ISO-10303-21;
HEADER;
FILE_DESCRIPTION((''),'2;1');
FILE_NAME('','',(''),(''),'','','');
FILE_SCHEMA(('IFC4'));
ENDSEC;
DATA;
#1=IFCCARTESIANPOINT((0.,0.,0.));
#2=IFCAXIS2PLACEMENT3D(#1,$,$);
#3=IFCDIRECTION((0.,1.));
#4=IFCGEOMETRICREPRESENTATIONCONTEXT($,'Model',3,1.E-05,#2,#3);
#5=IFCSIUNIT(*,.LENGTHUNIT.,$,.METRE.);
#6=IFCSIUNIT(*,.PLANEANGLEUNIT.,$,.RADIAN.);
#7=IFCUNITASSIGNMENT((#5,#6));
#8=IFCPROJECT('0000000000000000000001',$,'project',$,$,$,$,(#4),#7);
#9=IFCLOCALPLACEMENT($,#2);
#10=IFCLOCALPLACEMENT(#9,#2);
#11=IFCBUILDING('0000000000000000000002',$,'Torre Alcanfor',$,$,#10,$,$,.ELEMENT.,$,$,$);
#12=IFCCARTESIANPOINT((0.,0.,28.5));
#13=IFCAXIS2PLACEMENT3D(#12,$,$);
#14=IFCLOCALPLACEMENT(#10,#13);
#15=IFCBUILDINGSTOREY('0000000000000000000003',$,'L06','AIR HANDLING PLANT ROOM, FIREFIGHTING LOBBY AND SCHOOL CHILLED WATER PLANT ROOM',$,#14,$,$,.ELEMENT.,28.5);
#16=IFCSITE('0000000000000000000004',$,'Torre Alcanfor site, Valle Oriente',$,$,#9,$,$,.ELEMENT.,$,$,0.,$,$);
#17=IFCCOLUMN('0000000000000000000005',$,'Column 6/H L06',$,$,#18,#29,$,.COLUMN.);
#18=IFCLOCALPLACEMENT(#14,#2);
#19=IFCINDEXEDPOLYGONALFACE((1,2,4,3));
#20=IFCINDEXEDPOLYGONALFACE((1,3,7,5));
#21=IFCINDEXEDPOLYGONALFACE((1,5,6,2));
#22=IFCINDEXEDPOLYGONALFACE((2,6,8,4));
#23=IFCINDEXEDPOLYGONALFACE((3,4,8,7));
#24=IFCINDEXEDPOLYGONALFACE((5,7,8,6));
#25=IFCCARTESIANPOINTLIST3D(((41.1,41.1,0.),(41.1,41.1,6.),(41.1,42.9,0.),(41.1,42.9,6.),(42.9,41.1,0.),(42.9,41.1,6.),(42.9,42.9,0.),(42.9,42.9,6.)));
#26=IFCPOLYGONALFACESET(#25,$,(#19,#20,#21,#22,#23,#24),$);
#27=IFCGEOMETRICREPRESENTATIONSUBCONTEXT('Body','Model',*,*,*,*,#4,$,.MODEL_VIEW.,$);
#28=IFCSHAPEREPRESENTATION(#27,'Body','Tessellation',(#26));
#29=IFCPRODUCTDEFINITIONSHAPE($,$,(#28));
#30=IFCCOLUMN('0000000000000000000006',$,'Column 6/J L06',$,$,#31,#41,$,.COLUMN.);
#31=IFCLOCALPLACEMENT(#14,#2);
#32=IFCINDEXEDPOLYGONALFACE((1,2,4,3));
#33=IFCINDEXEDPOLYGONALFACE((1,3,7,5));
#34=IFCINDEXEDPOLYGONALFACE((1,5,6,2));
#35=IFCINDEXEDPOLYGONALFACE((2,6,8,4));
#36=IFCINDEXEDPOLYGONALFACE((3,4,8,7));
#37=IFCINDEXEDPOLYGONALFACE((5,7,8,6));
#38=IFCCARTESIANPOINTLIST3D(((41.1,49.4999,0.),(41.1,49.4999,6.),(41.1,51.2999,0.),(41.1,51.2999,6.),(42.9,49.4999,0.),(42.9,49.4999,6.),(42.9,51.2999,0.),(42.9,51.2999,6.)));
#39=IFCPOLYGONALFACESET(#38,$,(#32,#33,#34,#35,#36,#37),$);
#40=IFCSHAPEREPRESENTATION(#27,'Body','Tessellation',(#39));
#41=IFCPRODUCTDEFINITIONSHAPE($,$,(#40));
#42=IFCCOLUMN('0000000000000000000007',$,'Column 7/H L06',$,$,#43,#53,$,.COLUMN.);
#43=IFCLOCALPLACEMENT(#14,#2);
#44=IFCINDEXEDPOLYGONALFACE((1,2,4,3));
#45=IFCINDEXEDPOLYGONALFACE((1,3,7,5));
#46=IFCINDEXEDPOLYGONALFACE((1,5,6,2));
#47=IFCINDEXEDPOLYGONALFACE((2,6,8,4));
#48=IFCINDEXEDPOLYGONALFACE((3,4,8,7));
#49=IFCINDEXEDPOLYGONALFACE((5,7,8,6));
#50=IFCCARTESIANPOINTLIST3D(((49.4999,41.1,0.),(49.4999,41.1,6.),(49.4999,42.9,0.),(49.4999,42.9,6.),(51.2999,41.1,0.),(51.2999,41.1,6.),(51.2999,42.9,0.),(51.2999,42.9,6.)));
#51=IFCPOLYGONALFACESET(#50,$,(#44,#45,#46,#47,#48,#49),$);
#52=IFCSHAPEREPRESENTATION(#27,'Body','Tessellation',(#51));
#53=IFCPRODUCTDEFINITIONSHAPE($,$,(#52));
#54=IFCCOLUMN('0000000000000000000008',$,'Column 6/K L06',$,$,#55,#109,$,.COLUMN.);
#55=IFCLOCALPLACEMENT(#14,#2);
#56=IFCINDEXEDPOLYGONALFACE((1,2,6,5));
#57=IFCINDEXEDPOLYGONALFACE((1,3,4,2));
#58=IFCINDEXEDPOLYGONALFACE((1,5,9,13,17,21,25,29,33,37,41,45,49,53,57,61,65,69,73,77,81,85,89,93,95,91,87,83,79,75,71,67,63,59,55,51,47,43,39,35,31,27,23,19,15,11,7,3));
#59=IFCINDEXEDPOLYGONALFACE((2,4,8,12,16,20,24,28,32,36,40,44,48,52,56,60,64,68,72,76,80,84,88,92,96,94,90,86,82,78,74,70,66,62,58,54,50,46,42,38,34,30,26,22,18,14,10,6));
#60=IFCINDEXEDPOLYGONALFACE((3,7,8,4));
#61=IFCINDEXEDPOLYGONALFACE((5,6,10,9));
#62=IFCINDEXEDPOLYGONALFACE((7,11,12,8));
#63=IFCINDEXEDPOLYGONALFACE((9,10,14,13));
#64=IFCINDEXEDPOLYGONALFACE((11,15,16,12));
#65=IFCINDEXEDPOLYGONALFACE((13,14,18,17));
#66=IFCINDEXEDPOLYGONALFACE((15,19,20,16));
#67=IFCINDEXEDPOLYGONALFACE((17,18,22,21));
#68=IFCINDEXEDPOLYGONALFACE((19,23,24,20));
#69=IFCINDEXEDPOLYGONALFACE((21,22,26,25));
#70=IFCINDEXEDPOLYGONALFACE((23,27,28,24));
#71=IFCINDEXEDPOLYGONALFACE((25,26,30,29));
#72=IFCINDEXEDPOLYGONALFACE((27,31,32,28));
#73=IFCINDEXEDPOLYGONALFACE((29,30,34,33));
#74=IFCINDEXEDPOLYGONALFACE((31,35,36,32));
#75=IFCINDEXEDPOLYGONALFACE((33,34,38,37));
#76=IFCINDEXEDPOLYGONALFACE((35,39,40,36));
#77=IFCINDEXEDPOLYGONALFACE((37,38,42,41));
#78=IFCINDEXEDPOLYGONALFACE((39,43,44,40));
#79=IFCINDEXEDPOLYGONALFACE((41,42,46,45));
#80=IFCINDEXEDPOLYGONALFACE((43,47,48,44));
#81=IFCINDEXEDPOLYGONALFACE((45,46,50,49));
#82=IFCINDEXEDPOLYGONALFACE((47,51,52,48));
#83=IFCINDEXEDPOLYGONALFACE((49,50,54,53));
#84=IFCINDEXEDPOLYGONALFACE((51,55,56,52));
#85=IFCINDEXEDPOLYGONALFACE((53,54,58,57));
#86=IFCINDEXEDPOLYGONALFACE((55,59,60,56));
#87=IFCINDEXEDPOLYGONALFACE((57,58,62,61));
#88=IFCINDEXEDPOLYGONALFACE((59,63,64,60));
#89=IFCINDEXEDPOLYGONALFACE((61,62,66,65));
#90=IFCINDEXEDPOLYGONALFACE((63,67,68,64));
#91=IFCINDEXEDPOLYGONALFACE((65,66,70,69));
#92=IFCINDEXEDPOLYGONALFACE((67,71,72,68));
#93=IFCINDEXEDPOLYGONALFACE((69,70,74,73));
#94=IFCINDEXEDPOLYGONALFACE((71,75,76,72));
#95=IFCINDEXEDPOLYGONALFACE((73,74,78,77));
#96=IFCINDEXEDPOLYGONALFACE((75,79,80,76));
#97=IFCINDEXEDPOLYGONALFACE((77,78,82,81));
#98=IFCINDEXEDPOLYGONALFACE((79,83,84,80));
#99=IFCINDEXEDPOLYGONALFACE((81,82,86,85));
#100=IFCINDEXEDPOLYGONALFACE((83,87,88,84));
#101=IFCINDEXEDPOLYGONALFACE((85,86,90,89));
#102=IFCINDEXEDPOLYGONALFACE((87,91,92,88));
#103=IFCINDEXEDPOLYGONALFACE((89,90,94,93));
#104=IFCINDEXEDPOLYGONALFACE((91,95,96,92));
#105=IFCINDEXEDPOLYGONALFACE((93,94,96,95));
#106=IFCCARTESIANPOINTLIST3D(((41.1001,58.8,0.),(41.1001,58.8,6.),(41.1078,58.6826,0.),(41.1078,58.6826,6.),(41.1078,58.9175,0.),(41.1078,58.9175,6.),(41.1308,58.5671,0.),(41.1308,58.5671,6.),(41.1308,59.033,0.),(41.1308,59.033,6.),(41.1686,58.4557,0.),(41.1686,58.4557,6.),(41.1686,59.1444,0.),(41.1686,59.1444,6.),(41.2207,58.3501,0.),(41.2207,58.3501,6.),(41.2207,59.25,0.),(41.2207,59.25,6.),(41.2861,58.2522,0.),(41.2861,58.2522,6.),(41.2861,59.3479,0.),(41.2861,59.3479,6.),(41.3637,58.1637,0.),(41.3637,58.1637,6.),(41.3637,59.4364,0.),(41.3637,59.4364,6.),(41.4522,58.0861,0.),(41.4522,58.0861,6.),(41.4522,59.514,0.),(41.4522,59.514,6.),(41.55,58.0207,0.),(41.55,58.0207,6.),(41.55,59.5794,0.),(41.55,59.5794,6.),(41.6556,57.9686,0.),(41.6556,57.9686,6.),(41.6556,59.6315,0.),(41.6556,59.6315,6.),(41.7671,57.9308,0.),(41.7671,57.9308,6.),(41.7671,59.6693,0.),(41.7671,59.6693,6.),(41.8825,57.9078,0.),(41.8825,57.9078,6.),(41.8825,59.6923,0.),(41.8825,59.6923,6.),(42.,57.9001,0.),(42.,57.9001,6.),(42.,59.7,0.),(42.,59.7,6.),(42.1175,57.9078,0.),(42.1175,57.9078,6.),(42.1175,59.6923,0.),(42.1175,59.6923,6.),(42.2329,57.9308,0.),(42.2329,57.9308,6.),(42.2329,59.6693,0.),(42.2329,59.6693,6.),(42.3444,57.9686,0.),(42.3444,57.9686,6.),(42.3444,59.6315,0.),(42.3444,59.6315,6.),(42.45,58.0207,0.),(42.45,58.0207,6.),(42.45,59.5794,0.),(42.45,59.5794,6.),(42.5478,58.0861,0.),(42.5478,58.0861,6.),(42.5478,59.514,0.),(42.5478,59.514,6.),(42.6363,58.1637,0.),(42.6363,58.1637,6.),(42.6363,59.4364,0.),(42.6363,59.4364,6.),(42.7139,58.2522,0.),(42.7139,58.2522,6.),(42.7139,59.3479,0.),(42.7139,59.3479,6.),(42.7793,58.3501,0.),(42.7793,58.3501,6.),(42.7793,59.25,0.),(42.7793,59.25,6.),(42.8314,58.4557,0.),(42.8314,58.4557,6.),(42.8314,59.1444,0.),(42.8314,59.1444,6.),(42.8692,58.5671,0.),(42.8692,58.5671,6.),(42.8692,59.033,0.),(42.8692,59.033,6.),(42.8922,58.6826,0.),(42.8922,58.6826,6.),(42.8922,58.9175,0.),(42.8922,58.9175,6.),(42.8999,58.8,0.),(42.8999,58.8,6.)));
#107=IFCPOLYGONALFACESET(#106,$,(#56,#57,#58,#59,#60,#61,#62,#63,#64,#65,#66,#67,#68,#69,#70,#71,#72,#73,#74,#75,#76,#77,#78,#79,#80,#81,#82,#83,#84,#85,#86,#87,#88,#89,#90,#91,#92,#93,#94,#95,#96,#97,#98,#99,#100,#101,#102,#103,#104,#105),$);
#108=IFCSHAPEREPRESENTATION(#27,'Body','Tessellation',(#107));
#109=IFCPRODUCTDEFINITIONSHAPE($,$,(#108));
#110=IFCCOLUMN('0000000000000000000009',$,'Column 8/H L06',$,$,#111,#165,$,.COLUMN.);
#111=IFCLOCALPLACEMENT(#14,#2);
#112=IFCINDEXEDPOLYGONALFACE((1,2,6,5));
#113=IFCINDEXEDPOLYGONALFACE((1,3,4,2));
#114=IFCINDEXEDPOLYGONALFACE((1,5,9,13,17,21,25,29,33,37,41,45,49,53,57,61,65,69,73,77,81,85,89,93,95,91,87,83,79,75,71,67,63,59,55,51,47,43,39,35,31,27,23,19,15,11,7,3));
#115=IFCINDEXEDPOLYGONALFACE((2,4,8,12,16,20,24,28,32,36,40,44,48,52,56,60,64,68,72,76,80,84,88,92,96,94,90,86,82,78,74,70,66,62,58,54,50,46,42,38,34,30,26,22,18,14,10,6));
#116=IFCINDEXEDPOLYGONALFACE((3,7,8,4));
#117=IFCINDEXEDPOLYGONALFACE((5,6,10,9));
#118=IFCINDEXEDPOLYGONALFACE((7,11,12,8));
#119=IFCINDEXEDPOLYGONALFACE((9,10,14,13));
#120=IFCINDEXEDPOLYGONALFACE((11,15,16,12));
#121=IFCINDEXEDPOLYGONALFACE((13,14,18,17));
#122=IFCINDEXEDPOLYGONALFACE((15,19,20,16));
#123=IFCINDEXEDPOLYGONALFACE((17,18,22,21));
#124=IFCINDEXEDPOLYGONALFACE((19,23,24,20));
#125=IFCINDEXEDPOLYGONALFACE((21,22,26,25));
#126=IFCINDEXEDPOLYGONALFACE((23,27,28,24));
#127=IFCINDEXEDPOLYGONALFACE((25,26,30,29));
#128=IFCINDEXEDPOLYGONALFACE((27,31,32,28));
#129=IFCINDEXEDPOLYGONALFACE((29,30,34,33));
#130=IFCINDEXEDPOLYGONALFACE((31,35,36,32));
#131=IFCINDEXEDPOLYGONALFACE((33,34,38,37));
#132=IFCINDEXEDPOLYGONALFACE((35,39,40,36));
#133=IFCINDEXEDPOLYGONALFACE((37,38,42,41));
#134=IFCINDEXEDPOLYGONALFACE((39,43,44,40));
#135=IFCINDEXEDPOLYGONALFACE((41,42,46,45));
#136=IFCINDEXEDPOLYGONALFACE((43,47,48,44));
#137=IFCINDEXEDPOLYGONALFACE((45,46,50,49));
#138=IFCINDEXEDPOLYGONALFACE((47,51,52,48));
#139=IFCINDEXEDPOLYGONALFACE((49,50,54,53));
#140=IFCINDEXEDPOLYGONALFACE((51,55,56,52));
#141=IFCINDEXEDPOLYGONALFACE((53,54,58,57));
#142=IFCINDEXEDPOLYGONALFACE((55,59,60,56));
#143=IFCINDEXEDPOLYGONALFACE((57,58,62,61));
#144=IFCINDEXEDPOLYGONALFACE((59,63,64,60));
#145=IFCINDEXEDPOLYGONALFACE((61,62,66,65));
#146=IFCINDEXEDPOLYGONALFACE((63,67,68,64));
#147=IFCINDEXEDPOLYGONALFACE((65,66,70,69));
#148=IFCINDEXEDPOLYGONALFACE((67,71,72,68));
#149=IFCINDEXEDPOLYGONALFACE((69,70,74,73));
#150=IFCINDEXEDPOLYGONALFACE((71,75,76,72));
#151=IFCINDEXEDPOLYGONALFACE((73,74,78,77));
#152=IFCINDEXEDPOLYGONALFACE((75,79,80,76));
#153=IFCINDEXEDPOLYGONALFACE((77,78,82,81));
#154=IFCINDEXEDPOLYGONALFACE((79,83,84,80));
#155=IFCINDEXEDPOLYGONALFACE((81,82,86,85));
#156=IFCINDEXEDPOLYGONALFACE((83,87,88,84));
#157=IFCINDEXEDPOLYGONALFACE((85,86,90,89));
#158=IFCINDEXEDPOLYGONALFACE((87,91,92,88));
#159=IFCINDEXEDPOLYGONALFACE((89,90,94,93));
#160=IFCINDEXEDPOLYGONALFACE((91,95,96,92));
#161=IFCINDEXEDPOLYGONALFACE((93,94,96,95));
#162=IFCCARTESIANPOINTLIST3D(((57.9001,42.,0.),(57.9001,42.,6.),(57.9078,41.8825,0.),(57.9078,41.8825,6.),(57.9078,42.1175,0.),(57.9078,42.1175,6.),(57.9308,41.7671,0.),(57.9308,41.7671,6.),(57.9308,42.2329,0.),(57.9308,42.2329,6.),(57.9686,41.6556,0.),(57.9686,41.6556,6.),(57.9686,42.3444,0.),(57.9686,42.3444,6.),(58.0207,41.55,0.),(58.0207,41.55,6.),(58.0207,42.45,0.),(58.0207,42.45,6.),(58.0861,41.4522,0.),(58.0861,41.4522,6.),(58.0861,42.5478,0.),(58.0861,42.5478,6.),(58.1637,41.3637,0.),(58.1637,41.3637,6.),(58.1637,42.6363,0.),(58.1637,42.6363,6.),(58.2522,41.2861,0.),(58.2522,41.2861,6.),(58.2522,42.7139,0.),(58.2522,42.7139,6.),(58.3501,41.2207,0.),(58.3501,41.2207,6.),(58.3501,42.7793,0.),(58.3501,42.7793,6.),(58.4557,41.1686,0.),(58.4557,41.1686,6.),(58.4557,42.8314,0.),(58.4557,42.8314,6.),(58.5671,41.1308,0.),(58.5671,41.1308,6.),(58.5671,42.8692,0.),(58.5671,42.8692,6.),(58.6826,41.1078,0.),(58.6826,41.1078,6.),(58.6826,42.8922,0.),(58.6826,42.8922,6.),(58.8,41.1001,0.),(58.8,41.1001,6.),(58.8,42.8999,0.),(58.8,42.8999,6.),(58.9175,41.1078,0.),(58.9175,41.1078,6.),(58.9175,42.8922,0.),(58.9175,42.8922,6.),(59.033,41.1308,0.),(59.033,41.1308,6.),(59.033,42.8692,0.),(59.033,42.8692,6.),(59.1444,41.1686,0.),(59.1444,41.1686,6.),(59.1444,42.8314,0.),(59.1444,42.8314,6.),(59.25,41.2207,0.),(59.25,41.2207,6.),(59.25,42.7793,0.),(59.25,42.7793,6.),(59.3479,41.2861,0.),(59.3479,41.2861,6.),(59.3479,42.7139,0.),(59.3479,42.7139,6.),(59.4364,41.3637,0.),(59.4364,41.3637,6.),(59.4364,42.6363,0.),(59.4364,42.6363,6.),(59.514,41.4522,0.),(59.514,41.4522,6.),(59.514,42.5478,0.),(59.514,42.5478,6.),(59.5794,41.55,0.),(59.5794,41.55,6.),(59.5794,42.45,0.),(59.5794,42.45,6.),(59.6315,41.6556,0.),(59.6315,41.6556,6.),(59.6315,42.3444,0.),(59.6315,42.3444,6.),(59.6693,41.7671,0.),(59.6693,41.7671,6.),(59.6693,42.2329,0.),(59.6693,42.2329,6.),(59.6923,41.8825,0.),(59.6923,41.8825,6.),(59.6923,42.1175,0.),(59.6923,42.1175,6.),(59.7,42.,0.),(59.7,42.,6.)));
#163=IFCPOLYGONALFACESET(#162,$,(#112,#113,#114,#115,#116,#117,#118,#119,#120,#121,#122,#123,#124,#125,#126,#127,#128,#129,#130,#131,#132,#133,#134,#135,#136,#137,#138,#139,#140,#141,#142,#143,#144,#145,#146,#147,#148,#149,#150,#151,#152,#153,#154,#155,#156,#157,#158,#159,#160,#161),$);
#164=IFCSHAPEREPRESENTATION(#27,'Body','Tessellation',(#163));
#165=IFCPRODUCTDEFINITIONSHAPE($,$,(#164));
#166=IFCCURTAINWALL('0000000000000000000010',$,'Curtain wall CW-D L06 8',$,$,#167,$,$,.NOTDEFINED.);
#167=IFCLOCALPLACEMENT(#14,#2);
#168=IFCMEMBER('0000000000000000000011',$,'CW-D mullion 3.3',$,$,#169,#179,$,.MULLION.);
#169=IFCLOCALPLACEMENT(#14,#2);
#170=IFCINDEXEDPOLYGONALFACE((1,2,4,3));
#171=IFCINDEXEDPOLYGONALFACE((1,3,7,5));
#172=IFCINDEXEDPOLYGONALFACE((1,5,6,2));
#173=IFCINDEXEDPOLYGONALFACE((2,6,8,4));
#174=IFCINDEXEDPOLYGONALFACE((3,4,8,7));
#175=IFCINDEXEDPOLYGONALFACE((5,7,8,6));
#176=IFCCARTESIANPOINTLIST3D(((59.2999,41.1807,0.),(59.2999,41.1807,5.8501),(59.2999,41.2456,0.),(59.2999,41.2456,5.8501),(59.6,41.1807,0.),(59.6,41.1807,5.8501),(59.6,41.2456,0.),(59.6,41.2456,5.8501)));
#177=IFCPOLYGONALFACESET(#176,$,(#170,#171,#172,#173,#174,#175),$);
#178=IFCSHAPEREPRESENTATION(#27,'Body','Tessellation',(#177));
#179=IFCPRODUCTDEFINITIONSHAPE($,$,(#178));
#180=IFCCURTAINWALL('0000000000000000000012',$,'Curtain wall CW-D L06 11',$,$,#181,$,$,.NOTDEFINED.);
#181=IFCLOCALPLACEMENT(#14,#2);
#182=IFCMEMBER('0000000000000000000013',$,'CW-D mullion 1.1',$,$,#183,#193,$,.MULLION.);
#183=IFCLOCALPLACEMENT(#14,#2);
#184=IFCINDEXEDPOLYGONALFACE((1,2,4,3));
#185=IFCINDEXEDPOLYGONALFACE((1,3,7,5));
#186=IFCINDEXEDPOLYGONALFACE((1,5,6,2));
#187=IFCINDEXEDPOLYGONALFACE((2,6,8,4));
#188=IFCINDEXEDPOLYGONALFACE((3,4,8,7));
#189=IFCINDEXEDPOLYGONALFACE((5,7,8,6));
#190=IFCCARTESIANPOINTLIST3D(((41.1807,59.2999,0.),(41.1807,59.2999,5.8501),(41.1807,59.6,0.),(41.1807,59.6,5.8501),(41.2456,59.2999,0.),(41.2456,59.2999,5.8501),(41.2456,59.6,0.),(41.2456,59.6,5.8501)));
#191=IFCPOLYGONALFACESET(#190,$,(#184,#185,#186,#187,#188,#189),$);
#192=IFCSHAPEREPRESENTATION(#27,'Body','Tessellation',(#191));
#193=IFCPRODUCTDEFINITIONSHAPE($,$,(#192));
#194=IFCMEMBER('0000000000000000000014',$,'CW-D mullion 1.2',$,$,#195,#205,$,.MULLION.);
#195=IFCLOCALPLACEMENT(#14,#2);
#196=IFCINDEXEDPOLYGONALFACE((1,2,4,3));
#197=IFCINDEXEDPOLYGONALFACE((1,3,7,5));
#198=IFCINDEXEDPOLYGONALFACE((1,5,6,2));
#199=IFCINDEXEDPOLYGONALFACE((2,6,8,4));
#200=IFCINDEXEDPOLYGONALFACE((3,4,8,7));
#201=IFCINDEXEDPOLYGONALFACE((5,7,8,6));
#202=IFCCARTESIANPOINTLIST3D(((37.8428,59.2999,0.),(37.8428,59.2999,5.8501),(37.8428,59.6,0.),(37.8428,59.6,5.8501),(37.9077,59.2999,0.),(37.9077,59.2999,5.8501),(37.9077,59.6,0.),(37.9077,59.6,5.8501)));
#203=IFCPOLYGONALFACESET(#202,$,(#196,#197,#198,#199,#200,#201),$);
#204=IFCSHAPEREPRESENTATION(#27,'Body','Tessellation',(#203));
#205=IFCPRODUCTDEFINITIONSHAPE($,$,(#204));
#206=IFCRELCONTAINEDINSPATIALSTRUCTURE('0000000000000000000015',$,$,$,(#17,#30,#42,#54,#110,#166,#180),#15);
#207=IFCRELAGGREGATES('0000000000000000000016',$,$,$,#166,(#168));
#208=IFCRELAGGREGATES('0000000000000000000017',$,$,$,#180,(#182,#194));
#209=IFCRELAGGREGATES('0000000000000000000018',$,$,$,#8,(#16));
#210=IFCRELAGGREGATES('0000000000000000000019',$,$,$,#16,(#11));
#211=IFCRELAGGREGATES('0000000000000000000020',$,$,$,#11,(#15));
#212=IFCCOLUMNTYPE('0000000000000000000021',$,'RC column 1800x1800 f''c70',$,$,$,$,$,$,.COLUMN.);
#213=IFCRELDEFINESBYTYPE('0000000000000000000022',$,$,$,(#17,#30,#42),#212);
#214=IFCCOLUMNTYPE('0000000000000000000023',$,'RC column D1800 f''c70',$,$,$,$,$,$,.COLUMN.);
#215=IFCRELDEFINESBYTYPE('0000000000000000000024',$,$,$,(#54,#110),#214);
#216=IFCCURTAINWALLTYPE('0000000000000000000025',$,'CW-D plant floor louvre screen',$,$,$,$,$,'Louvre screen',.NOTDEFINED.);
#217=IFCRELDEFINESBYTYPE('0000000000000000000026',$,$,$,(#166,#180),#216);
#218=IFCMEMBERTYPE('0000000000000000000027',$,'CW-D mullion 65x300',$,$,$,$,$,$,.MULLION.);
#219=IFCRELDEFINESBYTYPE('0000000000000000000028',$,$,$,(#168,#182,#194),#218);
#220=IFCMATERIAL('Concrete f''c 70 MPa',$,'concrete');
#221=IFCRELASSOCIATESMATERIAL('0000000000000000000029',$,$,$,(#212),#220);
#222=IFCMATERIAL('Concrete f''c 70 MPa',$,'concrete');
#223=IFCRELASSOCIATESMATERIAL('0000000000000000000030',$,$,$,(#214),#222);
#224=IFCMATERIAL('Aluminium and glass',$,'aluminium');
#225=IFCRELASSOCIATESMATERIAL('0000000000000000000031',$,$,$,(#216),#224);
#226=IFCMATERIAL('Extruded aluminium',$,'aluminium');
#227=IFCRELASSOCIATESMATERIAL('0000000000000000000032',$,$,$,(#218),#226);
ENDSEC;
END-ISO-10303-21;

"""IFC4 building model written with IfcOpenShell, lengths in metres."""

from ifc_helpers import new_model, si_unit, direction, frame, origin, origin_2d, place, context, subcontext, project, spatial, rectangle, circle, extrude, material, material_profile, profile_set, type_object, element, aggregate, save


model = new_model("IFC4")

# Units and contexts
model_context = context("Model", 3, precision=1e-05, world=origin(), true_north=direction((0.0, 1.0)))
body_context = subcontext(model_context, "Body", "Model", "MODEL_VIEW")
ifc_project = project(units=[si_unit("LENGTHUNIT", "METRE"), si_unit("PLANEANGLEUNIT", "RADIAN")], contexts=[model_context])

# Site, building, storey
site_placement = place(None, origin())
site = spatial("IfcSite", under=ifc_project, at=site_placement, Name="Torre Alcanfor site, Valle Oriente", CompositionType="ELEMENT", RefElevation=0.0)
building_placement = place(site_placement, origin())
building = spatial("IfcBuilding", under=site, at=building_placement, Name="Torre Alcanfor", CompositionType="ELEMENT")
storey_placement = place(building_placement, frame((0.0, 0.0, 28.5)))
storey = spatial("IfcBuildingStorey", under=building, at=storey_placement, Name="L06", Description="AIR HANDLING PLANT ROOM, FIREFIGHTING LOBBY AND SCHOOL CHILLED WATER PLANT ROOM", CompositionType="ELEMENT", Elevation=28.5)

# Columns
ifc_material_1 = material(Name="Concrete f'c 70 MPa", Category="concrete")
ifc_material_profile_1 = material_profile(ifc_material_1, rectangle(XDim=1.8, YDim=1.8, at=origin_2d()), Name="1800x1800")
ifc_profile_set_1 = profile_set([ifc_material_profile_1], Name="Concrete f'c 70 MPa")
column_type_1 = type_object("IfcColumnType", Name="RC column 1800x1800 f'c70", PredefinedType="COLUMN", material=ifc_profile_set_1)
for number, where, z_axis, x_axis, name in (
    (1, (42.0, 42.0, 0.0), (0.0, 0.0, 1.0), (1.0, 0.0, 0.0), "Column 6/H L06"),
    (2, (42.0, 50.3999, 0.0), (0.0, 0.0, 1.0), (1.0, 0.0, 0.0), "Column 6/J L06"),
    (3, (50.3999, 42.0, 0.0), (0.0, 0.0, 1.0), (1.0, 0.0, 0.0), "Column 7/H L06"),
):
    element("IfcColumn", number, at=place(storey_placement, frame(where, z_axis=z_axis, x_axis=x_axis)), inside=storey, type_object=column_type_1, Name=name, PredefinedType="COLUMN", context=body_context, shape_type="SweptSolid", body=[
        extrude(rectangle(XDim=1.8, YDim=1.8, at=origin_2d()), origin(), (0.0, 0.0, 1.0), 6.0),
    ])
ifc_material_2 = material(Name="Concrete f'c 70 MPa", Category="concrete")
ifc_material_profile_2 = material_profile(ifc_material_2, circle(Radius=0.8999, at=origin_2d()), Name="D1800")
ifc_profile_set_2 = profile_set([ifc_material_profile_2], Name="Concrete f'c 70 MPa")
column_type_2 = type_object("IfcColumnType", Name="RC column D1800 f'c70", PredefinedType="COLUMN", material=ifc_profile_set_2)
for number, where, z_axis, x_axis, name in (
    (4, (42.0, 58.8, 0.0), (0.0, 0.0, 1.0), (1.0, 0.0, 0.0), "Column 6/K L06"),
    (5, (58.8, 42.0, 0.0), (0.0, 0.0, 1.0), (1.0, 0.0, 0.0), "Column 8/H L06"),
):
    element("IfcColumn", number, at=place(storey_placement, frame(where, z_axis=z_axis, x_axis=x_axis)), inside=storey, type_object=column_type_2, Name=name, PredefinedType="COLUMN", context=body_context, shape_type="SweptSolid", body=[
        extrude(circle(Radius=0.8999, at=origin_2d()), origin(), (0.0, 0.0, 1.0), 6.0),
    ])

# Curtain wall, member
ifc_material_3 = material(Name="Aluminium and glass", Category="aluminium")
curtain_wall_type = type_object("IfcCurtainWallType", Name="CW-D plant floor louvre screen", ElementType="Louvre screen", PredefinedType="NOTDEFINED", material=ifc_material_3)
curtain_wall_1_placement = place(storey_placement, origin())
curtain_wall_1 = element("IfcCurtainWall", 6, at=curtain_wall_1_placement, inside=storey, type_object=curtain_wall_type, Name="Curtain wall CW-D L06 8", PredefinedType="NOTDEFINED")
ifc_material_4 = material(Name="Extruded aluminium", Category="aluminium")
ifc_material_profile_3 = material_profile(ifc_material_4, rectangle(XDim=0.3, YDim=0.0649, at=origin_2d()), Name="CW-D mullion 65x300")
ifc_profile_set_3 = profile_set([ifc_material_profile_3], Name="Extruded aluminium")
member_type_1 = type_object("IfcMemberType", Name="CW-D mullion 65x300", PredefinedType="MULLION", material=ifc_profile_set_3)
member_1_placement = place(storey_placement, frame((59.45, 41.2131, 0.0), z_axis=(0.0, 0.0, 1.0), x_axis=(-1.0, 0.0, 0.0)))
member_1 = element("IfcMember", 7, at=member_1_placement, type_object=member_type_1, Name="CW-D mullion 3.3", PredefinedType="MULLION", context=body_context, shape_type="SweptSolid", body=[
    extrude(rectangle(XDim=0.3, YDim=0.0649, at=origin_2d()), origin(), (0.0, 0.0, 1.0), 5.8501),
])
aggregate(curtain_wall_1, [member_1])

# Curtain wall, members
curtain_wall_2_placement = place(storey_placement, origin())
curtain_wall_2 = element("IfcCurtainWall", 8, at=curtain_wall_2_placement, inside=storey, type_object=curtain_wall_type, Name="Curtain wall CW-D L06 11", PredefinedType="NOTDEFINED")
member_2_placement = place(storey_placement, frame((41.2131, 59.45, 0.0), z_axis=(0.0, 0.0, 1.0), x_axis=(0.0, -1.0, 0.0)))
member_2 = element("IfcMember", 9, at=member_2_placement, type_object=member_type_1, Name="CW-D mullion 1.1", PredefinedType="MULLION", context=body_context, shape_type="SweptSolid", body=[
    extrude(rectangle(XDim=0.3, YDim=0.0649, at=origin_2d()), origin(), (0.0, 0.0, 1.0), 5.8501),
])
member_3_placement = place(storey_placement, frame((37.8752, 59.45, 0.0), z_axis=(0.0, 0.0, 1.0), x_axis=(0.0, -1.0, 0.0)))
member_3 = element("IfcMember", 10, at=member_3_placement, type_object=member_type_1, Name="CW-D mullion 1.2", PredefinedType="MULLION", context=body_context, shape_type="SweptSolid", body=[
    extrude(rectangle(XDim=0.3, YDim=0.0649, at=origin_2d()), origin(), (0.0, 0.0, 1.0), 5.8501),
])

aggregate(curtain_wall_2, [member_2, member_3])

save(model, "model.ifc")
